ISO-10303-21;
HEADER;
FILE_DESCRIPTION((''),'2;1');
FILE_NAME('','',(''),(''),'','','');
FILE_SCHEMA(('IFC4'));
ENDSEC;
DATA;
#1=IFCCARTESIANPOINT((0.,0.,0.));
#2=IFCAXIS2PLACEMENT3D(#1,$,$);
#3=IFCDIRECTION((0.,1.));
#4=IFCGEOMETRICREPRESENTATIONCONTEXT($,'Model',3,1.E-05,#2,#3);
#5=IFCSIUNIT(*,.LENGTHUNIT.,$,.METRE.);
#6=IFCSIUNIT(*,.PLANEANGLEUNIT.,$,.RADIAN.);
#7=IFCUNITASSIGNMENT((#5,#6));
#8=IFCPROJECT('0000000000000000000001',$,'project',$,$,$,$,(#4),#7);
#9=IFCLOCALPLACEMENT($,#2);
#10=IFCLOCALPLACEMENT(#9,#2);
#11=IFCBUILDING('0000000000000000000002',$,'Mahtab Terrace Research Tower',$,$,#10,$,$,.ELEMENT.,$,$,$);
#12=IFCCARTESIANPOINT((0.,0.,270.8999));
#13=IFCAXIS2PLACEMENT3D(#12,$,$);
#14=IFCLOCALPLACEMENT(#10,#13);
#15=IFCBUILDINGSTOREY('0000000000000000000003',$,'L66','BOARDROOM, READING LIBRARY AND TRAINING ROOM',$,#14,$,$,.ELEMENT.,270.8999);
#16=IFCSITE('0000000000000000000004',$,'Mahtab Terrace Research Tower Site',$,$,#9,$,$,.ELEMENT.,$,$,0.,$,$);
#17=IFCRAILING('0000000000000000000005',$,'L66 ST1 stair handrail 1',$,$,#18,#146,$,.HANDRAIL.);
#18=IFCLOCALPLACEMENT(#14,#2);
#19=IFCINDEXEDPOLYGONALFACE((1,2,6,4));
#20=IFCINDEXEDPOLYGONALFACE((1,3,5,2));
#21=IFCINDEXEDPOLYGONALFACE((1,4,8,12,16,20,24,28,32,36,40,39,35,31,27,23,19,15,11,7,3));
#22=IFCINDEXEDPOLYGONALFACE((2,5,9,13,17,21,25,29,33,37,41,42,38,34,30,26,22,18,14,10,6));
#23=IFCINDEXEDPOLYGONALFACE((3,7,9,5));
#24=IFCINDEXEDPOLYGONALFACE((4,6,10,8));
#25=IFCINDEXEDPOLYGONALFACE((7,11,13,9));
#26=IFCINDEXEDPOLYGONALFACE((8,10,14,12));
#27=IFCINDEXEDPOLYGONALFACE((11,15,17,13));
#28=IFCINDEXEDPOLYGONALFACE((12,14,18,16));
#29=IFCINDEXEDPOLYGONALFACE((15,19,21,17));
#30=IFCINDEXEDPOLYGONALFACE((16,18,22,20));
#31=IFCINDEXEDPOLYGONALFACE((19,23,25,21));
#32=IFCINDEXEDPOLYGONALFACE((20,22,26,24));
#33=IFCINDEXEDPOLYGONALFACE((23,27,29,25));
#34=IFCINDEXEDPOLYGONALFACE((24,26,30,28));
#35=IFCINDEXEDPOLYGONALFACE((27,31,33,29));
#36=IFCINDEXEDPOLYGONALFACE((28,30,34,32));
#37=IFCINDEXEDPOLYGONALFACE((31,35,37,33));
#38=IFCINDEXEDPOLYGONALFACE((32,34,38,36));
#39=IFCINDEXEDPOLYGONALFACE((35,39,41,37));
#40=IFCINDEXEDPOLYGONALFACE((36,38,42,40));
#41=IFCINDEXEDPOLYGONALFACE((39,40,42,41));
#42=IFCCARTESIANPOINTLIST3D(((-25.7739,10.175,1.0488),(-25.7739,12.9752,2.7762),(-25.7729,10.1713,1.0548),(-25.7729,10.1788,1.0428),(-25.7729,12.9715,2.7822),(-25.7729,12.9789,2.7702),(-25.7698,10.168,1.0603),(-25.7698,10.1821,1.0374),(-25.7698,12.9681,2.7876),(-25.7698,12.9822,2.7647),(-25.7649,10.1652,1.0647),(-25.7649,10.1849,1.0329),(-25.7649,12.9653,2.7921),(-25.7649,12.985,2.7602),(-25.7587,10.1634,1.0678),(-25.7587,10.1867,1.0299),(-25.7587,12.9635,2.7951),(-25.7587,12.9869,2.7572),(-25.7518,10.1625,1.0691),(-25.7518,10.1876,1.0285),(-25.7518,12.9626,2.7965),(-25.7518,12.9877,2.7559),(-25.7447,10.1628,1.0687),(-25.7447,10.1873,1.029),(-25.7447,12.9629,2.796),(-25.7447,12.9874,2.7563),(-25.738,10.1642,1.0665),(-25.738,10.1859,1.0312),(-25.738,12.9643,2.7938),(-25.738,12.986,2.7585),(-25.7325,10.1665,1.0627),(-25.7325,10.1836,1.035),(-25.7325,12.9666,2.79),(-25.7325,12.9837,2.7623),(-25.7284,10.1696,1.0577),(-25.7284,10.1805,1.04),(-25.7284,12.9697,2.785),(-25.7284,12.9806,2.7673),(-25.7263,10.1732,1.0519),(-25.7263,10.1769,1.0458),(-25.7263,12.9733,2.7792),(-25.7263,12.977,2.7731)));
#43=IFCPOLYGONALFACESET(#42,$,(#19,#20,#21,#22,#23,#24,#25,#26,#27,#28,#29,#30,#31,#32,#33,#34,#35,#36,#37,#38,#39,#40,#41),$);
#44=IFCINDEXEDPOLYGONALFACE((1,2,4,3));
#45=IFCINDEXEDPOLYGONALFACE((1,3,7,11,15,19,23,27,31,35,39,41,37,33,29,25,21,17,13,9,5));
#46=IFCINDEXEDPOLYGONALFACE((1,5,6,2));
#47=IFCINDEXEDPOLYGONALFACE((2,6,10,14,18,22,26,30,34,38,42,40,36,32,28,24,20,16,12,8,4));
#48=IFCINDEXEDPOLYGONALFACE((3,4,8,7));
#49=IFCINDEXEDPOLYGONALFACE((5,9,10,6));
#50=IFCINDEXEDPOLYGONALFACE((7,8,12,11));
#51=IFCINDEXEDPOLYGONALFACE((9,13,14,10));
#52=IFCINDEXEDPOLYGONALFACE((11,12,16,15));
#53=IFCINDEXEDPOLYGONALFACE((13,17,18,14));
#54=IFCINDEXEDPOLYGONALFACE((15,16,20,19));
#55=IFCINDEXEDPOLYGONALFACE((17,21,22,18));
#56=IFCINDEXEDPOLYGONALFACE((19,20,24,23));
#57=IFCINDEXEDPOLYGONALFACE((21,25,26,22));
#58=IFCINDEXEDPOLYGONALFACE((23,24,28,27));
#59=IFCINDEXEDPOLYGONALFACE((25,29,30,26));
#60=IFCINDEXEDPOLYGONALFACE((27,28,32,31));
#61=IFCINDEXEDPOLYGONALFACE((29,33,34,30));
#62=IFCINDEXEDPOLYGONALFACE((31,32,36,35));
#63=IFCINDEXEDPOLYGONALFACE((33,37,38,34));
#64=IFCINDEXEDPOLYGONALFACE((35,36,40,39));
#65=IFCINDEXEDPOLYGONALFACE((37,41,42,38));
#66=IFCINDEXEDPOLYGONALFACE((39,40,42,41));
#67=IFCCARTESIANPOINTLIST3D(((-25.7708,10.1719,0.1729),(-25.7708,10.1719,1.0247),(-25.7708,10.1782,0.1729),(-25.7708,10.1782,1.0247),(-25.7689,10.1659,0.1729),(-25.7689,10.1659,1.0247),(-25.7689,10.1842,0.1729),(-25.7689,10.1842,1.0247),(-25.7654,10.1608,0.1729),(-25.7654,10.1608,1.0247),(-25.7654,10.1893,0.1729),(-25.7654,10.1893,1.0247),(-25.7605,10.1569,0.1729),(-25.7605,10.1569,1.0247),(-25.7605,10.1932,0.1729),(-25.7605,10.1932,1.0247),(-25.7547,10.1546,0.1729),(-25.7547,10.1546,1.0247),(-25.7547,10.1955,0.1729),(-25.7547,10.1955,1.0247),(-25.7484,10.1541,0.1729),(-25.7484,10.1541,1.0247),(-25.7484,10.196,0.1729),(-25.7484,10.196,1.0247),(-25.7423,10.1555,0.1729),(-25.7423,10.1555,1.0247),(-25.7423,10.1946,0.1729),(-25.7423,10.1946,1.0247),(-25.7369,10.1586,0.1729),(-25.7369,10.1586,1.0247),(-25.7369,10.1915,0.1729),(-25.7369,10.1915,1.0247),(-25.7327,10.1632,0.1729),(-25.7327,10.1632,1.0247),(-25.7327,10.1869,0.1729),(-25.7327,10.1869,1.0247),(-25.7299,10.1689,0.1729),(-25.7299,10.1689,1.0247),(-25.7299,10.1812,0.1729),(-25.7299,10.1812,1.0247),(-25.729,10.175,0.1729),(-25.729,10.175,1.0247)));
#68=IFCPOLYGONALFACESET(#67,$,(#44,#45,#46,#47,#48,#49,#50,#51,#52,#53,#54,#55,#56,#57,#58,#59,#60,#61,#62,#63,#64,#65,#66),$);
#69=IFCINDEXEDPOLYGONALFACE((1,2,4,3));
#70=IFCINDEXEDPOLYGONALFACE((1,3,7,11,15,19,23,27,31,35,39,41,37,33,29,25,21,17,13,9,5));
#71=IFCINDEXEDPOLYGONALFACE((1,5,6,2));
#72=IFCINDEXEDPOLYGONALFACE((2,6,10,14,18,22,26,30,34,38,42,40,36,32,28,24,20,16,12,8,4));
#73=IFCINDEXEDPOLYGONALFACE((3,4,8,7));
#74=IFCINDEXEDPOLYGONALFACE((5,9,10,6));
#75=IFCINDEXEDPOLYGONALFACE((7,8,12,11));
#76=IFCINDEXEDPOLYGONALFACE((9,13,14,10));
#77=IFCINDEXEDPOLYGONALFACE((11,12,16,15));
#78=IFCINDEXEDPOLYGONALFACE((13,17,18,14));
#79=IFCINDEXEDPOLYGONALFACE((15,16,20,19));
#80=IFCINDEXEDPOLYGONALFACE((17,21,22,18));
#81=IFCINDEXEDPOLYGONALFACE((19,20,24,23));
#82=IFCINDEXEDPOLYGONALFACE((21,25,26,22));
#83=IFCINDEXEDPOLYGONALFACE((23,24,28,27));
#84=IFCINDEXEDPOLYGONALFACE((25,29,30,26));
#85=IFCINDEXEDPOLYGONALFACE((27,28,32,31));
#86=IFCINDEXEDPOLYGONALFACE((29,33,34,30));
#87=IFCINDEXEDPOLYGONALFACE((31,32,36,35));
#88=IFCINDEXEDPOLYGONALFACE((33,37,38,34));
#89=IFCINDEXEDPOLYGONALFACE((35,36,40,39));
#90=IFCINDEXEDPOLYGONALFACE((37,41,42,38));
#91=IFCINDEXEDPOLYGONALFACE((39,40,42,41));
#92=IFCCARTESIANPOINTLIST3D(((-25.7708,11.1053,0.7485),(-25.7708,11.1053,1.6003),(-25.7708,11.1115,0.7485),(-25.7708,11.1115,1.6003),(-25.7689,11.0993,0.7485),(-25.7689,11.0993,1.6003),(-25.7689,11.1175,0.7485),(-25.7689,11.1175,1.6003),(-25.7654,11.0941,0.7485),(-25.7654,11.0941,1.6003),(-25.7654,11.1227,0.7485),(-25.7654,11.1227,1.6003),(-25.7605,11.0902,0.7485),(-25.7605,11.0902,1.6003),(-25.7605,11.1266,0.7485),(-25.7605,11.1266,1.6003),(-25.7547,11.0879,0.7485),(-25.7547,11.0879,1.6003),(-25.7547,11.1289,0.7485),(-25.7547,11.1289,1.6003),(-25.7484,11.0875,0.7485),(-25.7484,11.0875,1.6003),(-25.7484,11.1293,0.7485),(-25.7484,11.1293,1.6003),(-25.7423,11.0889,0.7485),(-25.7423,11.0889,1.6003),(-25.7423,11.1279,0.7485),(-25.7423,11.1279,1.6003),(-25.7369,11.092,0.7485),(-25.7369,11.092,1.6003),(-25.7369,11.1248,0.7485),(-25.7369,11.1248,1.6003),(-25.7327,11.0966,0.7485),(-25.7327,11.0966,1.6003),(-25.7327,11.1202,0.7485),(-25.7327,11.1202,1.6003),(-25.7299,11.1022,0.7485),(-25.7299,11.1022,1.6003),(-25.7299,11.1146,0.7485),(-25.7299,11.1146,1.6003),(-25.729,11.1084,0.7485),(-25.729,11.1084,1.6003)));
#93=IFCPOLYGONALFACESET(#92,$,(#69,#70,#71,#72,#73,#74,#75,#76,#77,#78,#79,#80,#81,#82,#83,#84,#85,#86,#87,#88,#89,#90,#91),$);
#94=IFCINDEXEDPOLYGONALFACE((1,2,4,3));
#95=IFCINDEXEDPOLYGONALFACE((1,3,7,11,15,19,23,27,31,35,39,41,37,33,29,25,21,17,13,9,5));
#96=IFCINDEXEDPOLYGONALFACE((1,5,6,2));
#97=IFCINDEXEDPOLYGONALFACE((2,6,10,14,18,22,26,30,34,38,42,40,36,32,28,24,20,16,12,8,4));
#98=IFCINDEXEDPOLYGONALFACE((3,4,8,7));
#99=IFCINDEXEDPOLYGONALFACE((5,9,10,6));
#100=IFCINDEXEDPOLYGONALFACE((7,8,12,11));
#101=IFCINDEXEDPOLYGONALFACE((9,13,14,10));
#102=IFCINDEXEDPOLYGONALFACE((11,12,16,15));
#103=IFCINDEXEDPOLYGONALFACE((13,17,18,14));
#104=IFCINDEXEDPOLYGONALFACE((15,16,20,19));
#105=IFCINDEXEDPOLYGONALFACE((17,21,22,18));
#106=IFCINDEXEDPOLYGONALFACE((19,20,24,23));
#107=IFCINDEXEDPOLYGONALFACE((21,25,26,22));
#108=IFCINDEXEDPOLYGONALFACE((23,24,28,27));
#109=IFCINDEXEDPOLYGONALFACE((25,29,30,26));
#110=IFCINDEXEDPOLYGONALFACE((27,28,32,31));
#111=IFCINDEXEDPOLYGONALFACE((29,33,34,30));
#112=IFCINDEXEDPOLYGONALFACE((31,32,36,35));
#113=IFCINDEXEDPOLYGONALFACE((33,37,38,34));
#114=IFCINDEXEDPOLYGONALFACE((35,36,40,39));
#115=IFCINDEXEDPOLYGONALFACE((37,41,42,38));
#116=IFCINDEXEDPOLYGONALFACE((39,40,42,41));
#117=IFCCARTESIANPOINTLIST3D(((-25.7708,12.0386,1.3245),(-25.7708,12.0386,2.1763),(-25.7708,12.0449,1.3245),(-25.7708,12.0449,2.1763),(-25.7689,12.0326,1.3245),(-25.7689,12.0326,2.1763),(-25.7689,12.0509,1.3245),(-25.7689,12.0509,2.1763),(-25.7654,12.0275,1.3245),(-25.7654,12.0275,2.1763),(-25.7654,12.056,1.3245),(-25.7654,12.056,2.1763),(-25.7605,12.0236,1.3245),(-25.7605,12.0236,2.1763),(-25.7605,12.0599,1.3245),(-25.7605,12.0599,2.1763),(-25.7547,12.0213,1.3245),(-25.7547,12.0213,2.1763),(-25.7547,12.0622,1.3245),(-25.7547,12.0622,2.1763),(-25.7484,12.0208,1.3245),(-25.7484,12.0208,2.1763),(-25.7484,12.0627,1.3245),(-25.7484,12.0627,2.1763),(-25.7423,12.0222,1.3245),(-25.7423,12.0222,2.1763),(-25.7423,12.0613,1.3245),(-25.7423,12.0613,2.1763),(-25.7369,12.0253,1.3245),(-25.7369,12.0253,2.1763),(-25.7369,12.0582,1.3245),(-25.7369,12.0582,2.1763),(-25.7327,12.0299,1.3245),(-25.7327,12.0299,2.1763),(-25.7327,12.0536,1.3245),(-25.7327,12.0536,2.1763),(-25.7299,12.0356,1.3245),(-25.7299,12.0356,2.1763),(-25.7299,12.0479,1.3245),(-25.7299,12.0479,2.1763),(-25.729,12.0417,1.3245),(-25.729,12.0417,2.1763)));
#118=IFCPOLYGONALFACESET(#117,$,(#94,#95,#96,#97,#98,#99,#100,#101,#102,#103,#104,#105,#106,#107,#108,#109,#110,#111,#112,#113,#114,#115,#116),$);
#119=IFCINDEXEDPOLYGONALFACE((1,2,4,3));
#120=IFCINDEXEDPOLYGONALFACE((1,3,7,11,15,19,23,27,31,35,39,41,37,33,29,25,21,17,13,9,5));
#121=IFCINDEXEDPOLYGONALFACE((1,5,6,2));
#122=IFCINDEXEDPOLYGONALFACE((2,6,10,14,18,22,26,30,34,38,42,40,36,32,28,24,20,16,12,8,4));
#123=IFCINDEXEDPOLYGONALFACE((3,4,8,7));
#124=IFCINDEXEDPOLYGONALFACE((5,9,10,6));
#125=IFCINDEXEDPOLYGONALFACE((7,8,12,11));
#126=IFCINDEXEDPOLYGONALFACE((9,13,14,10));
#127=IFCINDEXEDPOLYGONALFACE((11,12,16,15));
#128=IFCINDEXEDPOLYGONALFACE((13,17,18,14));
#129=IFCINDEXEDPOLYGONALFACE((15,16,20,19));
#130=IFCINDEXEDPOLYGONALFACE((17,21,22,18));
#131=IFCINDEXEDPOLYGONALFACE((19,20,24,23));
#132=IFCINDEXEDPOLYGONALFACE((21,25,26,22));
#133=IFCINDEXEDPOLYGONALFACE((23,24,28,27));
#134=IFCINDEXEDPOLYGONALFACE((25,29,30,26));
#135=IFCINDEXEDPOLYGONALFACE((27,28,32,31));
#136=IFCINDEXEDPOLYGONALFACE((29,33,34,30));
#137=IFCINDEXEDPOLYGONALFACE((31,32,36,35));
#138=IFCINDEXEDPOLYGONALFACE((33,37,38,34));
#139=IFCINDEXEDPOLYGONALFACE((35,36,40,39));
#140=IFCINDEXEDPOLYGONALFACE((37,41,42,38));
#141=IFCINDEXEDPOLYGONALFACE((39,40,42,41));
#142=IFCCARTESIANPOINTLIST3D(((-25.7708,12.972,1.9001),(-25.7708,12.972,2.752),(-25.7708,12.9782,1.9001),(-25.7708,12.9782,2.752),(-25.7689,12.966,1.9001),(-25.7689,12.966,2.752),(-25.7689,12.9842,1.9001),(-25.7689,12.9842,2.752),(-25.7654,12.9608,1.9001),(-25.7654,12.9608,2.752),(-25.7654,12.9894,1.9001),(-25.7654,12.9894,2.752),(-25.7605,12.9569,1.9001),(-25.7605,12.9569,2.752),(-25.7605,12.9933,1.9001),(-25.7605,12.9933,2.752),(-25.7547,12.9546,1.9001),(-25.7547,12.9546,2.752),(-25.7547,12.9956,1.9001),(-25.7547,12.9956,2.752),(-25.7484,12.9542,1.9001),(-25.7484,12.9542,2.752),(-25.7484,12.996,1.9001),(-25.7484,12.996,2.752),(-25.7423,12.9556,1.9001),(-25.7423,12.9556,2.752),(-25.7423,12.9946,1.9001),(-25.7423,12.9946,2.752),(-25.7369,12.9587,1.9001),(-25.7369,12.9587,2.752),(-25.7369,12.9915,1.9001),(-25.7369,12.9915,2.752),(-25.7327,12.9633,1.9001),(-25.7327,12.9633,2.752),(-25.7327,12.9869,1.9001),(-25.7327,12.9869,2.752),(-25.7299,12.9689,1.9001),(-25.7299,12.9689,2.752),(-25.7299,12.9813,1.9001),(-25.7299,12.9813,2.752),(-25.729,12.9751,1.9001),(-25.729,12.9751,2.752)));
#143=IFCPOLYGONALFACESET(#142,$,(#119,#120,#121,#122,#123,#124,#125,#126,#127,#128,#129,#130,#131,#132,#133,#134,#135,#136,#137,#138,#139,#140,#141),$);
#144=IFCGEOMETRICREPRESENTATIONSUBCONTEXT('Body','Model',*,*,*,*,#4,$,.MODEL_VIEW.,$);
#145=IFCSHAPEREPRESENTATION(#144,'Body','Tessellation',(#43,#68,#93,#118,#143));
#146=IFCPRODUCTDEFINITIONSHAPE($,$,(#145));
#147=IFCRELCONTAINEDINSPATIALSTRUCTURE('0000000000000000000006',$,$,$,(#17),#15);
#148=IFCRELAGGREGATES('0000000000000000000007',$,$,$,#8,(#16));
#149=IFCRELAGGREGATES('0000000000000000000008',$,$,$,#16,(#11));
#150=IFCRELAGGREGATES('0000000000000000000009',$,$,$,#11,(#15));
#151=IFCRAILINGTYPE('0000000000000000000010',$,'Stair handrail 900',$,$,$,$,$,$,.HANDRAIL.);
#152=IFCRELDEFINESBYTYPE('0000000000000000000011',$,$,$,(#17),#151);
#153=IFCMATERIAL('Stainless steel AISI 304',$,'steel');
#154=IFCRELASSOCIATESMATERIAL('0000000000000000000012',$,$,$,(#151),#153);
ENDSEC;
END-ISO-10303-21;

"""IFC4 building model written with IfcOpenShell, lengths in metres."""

from ifc_helpers import new_model, si_unit, direction, frame, origin, origin_2d, place, context, subcontext, project, spatial, circle, extrude, material, type_object, element, save


model = new_model("IFC4")

# Units and contexts
model_context = context("Model", 3, precision=1e-05, world=origin(), true_north=direction((0.0, 1.0)))
body_context = subcontext(model_context, "Body", "Model", "MODEL_VIEW")
ifc_project = project(units=[si_unit("LENGTHUNIT", "METRE"), si_unit("PLANEANGLEUNIT", "RADIAN")], contexts=[model_context])

# Site, building, storey
site_placement = place(None, origin())
site = spatial("IfcSite", under=ifc_project, at=site_placement, Name="Mahtab Terrace Research Tower Site", CompositionType="ELEMENT", RefElevation=0.0)
building_placement = place(site_placement, origin())
building = spatial("IfcBuilding", under=site, at=building_placement, Name="Mahtab Terrace Research Tower", CompositionType="ELEMENT")
storey_placement = place(building_placement, frame((0.0, 0.0, 270.8999)))
storey = spatial("IfcBuildingStorey", under=building, at=storey_placement, Name="L66", Description="BOARDROOM, READING LIBRARY AND TRAINING ROOM", CompositionType="ELEMENT", Elevation=270.8999)

# Railing
ifc_material_1 = material(Name="Stainless steel AISI 304", Category="steel")
railing_type_1 = type_object("IfcRailingType", Name="Stair handrail 900", PredefinedType="HANDRAIL", material=ifc_material_1)
railing_1_placement = place(storey_placement, frame((-25.75, 10.175, 0.1729)))
element("IfcRailing", 1, at=railing_1_placement, inside=storey, type_object=railing_type_1, Name="L66 ST1 stair handrail 1", PredefinedType="HANDRAIL", context=body_context, shape_type="SweptSolid", body=[
    extrude(circle(Radius=0.0239, at=origin_2d()), frame((0.0, 0.0, 0.876), z_axis=(0.0, 0.85109, 0.52502), x_axis=(-1.0, 0.0, 0.0)), (0.0, 0.0, 1.0), 3.29),
    extrude(circle(Radius=0.021, at=origin_2d()), origin(), (0.0, 0.0, 1.0), 0.8518),
    extrude(circle(Radius=0.021, at=origin_2d()), frame((0.0, 0.9333, 0.5757)), (0.0, 0.0, 1.0), 0.8518),
    extrude(circle(Radius=0.021, at=origin_2d()), frame((0.0, 1.8667, 1.1516)), (0.0, 0.0, 1.0), 0.8518),
    extrude(circle(Radius=0.021, at=origin_2d()), frame((0.0, 2.8, 1.7273)), (0.0, 0.0, 1.0), 0.8518),
])

save(model, "model.ifc")
